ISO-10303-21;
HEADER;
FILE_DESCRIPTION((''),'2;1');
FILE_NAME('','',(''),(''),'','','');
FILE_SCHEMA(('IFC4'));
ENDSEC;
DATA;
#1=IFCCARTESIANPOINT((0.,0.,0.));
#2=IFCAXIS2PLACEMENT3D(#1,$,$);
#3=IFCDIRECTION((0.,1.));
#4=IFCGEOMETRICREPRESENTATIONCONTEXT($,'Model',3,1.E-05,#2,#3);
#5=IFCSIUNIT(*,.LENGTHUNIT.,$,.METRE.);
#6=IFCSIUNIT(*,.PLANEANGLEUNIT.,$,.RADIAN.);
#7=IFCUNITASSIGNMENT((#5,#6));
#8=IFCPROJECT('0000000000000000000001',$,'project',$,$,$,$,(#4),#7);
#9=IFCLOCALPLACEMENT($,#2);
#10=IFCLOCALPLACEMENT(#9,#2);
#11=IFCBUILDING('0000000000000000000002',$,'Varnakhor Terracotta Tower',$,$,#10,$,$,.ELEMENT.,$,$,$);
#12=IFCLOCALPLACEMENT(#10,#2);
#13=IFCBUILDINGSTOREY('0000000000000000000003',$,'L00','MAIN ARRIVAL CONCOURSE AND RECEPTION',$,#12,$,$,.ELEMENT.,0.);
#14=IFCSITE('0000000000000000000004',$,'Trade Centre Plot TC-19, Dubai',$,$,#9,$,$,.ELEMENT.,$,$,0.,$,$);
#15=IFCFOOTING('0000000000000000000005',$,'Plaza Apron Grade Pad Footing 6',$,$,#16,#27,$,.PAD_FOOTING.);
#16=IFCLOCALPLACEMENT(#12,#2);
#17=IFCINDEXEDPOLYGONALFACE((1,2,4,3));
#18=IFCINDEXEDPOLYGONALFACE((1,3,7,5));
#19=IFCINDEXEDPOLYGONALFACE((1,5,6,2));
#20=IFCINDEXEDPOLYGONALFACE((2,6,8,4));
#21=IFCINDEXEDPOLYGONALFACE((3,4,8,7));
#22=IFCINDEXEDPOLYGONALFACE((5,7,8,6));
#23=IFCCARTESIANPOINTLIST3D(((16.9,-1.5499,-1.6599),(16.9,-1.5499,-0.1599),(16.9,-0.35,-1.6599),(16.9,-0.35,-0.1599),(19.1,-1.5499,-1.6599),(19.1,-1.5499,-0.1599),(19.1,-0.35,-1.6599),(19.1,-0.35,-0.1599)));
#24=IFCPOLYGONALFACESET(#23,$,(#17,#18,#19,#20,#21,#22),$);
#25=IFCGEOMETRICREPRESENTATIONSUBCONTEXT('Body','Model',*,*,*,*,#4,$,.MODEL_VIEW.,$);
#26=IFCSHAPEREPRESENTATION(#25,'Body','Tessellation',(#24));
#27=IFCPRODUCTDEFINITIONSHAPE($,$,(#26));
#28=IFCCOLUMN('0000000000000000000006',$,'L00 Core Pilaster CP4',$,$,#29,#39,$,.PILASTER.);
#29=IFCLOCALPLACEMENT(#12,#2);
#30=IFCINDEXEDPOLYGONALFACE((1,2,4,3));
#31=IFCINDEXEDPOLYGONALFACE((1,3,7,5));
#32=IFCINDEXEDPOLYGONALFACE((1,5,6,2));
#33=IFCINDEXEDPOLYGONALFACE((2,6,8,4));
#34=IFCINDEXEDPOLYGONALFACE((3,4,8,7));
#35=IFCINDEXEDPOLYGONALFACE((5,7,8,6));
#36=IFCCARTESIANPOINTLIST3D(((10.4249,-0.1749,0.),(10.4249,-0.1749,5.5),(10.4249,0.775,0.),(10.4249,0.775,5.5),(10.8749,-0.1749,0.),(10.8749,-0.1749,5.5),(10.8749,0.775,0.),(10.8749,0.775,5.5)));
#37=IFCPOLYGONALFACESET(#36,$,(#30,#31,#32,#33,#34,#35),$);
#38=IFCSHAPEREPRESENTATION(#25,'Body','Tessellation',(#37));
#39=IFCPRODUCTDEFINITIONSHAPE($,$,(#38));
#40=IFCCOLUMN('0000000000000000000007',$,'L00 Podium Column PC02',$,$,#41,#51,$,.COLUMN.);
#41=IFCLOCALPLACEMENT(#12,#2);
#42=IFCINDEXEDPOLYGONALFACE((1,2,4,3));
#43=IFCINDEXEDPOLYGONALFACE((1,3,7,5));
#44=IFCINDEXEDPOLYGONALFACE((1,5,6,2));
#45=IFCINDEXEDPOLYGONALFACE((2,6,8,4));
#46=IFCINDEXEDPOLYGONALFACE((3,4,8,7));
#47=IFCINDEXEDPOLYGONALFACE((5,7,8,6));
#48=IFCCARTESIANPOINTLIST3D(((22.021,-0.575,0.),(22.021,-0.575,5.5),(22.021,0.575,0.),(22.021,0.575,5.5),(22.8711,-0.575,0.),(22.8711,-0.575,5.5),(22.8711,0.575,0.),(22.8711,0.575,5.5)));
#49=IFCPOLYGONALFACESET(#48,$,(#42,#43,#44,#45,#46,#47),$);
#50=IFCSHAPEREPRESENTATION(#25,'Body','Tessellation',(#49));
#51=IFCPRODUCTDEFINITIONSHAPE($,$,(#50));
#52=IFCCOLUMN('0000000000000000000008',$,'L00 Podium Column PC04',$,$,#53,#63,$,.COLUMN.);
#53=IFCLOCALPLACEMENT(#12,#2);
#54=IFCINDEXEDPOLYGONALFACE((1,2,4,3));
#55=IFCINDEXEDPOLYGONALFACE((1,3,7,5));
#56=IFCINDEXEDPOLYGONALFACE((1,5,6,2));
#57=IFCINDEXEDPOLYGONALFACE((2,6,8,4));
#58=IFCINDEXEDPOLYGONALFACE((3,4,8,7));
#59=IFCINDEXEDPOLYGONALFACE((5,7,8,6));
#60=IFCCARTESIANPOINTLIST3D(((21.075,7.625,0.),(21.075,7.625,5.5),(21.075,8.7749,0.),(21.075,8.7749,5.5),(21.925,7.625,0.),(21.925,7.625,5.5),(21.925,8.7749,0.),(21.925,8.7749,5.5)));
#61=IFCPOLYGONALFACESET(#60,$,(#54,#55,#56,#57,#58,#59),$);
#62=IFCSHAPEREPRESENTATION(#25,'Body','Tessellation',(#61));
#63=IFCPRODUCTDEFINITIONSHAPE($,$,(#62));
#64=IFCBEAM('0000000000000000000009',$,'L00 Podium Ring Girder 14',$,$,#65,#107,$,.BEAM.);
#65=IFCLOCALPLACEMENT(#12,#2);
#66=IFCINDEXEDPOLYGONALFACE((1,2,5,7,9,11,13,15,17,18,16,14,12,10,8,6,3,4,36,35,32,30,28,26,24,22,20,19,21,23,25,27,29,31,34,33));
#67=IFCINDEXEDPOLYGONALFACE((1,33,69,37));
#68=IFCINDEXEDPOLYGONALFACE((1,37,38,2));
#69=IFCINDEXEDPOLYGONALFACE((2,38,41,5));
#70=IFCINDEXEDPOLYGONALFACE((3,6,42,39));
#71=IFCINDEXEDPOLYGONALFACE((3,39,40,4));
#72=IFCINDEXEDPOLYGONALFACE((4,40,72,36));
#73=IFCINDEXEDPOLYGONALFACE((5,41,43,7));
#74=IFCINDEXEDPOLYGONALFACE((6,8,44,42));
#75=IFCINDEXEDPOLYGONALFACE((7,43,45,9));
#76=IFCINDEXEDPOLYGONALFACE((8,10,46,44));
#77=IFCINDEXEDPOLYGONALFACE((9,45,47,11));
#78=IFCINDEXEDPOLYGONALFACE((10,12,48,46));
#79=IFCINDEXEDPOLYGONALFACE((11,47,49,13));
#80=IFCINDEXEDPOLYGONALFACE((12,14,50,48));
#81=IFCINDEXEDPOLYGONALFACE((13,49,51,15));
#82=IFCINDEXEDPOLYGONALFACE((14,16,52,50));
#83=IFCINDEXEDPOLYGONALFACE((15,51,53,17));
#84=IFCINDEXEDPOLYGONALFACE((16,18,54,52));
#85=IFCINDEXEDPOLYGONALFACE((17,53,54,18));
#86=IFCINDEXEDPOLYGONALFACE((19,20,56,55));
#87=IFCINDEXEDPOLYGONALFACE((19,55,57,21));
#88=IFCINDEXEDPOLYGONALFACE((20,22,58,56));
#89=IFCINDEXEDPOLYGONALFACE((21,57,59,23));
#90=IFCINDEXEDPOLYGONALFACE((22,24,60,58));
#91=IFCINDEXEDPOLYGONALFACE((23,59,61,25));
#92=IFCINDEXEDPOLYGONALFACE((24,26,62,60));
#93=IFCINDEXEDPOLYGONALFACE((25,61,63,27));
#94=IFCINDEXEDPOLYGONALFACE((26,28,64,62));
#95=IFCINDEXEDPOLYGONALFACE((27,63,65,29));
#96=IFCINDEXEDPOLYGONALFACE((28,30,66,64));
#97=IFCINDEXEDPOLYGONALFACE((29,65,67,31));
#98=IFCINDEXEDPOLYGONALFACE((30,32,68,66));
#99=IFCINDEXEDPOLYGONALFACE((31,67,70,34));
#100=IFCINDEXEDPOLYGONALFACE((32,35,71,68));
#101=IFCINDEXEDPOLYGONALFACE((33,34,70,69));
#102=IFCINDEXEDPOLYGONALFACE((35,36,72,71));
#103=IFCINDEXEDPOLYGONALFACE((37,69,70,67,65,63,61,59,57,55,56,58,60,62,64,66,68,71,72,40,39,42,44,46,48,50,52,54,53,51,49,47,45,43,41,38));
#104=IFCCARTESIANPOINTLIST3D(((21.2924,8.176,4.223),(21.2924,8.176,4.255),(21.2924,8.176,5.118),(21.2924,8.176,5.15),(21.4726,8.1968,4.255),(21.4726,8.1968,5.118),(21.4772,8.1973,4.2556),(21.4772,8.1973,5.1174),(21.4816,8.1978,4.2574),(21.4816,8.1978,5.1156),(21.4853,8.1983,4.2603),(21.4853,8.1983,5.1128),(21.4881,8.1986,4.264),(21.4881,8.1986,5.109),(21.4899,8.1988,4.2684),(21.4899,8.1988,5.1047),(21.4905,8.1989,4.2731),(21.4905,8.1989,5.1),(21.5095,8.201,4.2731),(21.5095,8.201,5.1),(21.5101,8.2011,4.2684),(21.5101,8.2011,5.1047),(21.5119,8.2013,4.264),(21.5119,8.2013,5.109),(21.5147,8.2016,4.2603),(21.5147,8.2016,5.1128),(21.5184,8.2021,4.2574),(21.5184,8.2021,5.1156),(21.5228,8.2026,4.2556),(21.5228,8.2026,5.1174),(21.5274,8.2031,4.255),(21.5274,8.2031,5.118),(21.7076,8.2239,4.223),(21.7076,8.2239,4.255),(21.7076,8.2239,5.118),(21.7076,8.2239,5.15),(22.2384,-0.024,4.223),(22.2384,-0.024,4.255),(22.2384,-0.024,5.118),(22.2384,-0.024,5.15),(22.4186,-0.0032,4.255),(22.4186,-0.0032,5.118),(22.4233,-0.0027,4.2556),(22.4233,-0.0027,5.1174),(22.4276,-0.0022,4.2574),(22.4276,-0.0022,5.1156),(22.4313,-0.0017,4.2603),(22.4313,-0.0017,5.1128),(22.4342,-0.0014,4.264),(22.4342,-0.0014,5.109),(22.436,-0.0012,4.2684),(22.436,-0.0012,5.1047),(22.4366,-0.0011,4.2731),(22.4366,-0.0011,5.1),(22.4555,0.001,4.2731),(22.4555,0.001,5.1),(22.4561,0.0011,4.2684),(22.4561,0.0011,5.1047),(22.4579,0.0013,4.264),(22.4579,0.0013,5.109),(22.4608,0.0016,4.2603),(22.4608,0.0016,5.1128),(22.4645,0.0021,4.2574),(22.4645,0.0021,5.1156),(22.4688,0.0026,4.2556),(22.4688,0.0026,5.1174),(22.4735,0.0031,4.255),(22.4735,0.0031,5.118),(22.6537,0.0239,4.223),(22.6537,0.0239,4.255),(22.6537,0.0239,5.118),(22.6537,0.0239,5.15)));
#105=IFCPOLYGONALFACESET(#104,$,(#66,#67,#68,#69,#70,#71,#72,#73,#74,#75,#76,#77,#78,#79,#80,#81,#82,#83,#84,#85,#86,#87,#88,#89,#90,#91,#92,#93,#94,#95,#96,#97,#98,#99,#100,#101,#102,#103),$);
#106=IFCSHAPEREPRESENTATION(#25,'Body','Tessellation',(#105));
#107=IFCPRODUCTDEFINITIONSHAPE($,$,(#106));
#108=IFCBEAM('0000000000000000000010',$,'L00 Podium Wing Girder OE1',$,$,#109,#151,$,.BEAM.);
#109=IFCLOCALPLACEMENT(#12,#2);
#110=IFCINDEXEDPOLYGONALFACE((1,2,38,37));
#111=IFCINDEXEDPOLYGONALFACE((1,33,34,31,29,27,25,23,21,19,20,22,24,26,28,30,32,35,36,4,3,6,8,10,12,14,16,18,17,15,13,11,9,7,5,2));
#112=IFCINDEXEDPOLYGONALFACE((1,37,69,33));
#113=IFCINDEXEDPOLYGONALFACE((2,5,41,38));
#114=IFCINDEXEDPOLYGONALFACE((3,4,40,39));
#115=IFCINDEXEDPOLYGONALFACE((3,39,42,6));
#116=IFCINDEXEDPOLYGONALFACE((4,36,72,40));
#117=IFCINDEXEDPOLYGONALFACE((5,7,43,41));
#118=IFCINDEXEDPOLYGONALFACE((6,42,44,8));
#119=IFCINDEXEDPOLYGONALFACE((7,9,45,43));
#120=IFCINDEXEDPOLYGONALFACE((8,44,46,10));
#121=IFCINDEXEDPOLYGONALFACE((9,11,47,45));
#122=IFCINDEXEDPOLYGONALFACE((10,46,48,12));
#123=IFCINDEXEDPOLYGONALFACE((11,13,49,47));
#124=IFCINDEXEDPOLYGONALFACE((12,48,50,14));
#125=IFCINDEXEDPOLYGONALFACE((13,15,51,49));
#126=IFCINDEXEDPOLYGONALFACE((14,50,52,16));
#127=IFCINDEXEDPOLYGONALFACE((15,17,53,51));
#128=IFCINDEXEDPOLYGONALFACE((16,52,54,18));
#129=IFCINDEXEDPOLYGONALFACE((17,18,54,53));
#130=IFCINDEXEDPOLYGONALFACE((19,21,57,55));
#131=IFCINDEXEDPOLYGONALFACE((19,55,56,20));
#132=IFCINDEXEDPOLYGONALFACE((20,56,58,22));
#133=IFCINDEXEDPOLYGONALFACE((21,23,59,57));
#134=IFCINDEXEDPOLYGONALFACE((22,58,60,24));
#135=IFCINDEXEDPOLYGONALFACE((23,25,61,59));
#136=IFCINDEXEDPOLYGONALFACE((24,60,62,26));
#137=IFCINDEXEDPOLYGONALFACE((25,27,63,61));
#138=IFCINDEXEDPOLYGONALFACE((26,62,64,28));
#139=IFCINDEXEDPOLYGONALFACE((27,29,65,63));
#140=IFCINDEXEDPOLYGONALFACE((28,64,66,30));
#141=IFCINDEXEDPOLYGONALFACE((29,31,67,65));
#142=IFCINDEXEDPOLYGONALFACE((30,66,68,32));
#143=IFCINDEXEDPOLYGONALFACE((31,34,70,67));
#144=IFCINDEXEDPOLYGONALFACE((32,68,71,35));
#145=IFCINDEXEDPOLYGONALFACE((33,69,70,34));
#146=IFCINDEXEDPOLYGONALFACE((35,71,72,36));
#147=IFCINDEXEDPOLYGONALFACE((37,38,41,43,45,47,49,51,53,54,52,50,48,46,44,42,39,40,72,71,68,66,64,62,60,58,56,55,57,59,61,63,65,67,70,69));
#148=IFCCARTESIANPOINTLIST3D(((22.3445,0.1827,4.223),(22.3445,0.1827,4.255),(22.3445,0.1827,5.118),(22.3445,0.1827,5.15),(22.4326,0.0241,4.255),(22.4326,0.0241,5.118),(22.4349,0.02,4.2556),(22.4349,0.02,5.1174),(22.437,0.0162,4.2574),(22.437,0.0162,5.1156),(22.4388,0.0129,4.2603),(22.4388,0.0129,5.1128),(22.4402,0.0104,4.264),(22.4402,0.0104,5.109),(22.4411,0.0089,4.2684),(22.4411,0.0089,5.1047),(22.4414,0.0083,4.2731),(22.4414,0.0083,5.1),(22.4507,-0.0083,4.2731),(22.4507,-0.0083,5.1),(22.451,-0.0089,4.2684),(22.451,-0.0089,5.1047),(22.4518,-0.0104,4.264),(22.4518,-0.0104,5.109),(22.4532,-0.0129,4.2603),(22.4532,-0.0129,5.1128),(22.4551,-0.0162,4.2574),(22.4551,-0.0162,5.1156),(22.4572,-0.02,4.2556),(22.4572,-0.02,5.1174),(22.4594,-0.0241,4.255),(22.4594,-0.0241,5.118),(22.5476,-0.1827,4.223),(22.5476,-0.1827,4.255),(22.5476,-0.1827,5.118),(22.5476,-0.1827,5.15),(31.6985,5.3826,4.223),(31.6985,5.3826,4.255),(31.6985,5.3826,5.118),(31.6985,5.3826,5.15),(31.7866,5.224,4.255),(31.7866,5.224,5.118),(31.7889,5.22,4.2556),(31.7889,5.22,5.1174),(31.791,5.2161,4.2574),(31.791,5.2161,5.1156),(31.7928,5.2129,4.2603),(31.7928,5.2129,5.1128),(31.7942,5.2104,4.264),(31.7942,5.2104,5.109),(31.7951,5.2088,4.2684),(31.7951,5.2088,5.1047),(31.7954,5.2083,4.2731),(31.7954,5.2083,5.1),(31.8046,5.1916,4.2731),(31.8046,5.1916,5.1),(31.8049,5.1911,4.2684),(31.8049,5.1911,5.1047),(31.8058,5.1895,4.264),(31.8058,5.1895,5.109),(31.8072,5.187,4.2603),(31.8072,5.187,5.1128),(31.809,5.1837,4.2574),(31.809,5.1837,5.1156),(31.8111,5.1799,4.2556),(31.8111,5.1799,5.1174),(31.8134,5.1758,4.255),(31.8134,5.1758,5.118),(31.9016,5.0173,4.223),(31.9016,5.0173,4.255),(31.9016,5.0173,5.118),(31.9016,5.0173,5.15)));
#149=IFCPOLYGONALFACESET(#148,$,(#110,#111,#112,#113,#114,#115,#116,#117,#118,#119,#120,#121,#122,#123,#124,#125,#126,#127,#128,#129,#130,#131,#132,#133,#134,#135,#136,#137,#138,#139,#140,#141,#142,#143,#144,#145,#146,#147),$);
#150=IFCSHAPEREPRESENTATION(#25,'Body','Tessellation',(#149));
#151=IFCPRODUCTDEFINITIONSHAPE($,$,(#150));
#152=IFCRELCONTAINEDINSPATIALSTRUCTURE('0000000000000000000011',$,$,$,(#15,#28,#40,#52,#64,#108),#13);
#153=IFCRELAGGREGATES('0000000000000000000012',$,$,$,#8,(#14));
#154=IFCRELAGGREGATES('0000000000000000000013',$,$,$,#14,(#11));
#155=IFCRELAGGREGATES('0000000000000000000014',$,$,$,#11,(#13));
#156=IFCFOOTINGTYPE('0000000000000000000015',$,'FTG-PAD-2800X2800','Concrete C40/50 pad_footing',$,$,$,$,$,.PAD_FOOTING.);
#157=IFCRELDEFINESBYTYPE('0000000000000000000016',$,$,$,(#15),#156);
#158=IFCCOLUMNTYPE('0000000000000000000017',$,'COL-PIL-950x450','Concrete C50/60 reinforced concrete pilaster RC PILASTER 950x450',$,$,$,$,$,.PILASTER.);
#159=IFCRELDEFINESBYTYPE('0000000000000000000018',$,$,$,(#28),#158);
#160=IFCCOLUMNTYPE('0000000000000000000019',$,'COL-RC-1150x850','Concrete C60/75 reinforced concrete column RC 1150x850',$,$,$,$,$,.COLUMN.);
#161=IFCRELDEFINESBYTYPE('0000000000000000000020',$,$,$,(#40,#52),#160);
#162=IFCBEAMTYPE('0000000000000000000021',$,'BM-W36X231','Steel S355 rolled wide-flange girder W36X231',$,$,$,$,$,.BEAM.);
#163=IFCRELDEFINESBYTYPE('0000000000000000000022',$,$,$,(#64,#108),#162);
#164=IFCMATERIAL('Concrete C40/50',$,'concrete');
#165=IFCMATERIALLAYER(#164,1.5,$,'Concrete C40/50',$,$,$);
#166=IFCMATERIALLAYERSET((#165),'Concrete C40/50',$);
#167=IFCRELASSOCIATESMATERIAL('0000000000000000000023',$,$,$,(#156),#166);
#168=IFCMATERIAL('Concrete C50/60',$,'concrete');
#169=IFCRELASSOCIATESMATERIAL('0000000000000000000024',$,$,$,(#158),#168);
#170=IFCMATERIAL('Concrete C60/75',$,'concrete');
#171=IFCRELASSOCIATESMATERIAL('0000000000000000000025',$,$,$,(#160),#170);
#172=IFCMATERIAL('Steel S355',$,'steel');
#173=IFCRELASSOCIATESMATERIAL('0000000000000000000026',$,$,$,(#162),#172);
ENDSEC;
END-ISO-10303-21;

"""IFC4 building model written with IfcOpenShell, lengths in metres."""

from ifc_helpers import new_model, si_unit, direction, frame, origin, origin_2d, place, context, subcontext, project, spatial, rectangle, i_section, extrude, source, transform, mapped, material, layer, layer_set, material_profile, profile_set, type_object, type_shapes, element, save


model = new_model("IFC4")

# Units and contexts
model_context = context("Model", 3, precision=1e-05, world=origin(), true_north=direction((0.0, 1.0)))
body_context = subcontext(model_context, "Body", "Model", "MODEL_VIEW")
ifc_project = project(units=[si_unit("LENGTHUNIT", "METRE"), si_unit("PLANEANGLEUNIT", "RADIAN")], contexts=[model_context])

# Site, building, storey
site_placement = place(None, origin())
site = spatial("IfcSite", under=ifc_project, at=site_placement, Name="Trade Centre Plot TC-19, Dubai", CompositionType="ELEMENT", RefElevation=0.0)
building_placement = place(site_placement, origin())
building = spatial("IfcBuilding", under=site, at=building_placement, Name="Varnakhor Terracotta Tower", CompositionType="ELEMENT")
storey_placement = place(building_placement, origin())
storey = spatial("IfcBuildingStorey", under=building, at=storey_placement, Name="L00", Description="MAIN ARRIVAL CONCOURSE AND RECEPTION", CompositionType="ELEMENT", Elevation=0.0)

# Footing
ifc_material_1 = material(Name="Concrete C40/50", Category="concrete")
ifc_layer_1 = layer(ifc_material_1, 1.5, Name="Concrete C40/50")
ifc_layer_set_1 = layer_set([ifc_layer_1], Name="Concrete C40/50")
footing_type = type_object("IfcFootingType", Name="FTG-PAD-2800X2800", Description="Concrete C40/50 pad_footing", PredefinedType="PAD_FOOTING", material=ifc_layer_set_1)
shared_shape_1 = source(origin(), body_context, "Body", "SweptSolid", [
    extrude(rectangle(XDim=2.2, YDim=1.2, at=origin_2d()), origin(), (0.0, 0.0, 1.0), 1.5),
])
footing_placement = place(storey_placement, frame((18.0, -0.95, -1.6599), z_axis=(0.0, 0.0, 1.0), x_axis=(1.0, 0.0, 0.0)))
element("IfcFooting", 1, at=footing_placement, inside=storey, type_object=footing_type, Name="Plaza Apron Grade Pad Footing 6", PredefinedType="PAD_FOOTING", context=body_context, shape_type="MappedRepresentation", body=[
    mapped(shared_shape_1, transform((0.0, 0.0, 0.0), scale=1.0)),
])

# Columns
ifc_material_2 = material(Name="Concrete C50/60", Category="concrete")
ifc_material_profile_1 = material_profile(ifc_material_2, rectangle(XDim=0.45, YDim=0.95, at=origin_2d()), Name="RC PILASTER 950x450")
ifc_profile_set_1 = profile_set([ifc_material_profile_1], Name="Concrete C50/60")
column_type_1 = type_object("IfcColumnType", Name="COL-PIL-950x450", Description="Concrete C50/60 reinforced concrete pilaster RC PILASTER 950x450", PredefinedType="PILASTER", material=ifc_profile_set_1)
shared_shape_2 = source(origin(), body_context, "Body", "SweptSolid", [
    extrude(rectangle(XDim=0.45, YDim=0.95, at=origin_2d()), origin(), (0.0, 0.0, 1.0), 5.5),
])
column_placement = place(storey_placement, frame((10.6499, 0.3, 0.0), z_axis=(0.0, 0.0, 1.0), x_axis=(1.0, 0.0, 0.0)))
element("IfcColumn", 2, at=column_placement, inside=storey, type_object=column_type_1, Name="L00 Core Pilaster CP4", PredefinedType="PILASTER", context=body_context, shape_type="MappedRepresentation", body=[
    mapped(shared_shape_2, transform((0.0, 0.0, 0.0), scale=1.0)),
])
ifc_material_3 = material(Name="Concrete C60/75", Category="concrete")
ifc_material_profile_2 = material_profile(ifc_material_3, rectangle(XDim=0.8501, YDim=1.1499, at=origin_2d()), Name="RC 1150x850")
ifc_profile_set_2 = profile_set([ifc_material_profile_2], Name="Concrete C60/75")
column_type_2 = type_object("IfcColumnType", Name="COL-RC-1150x850", Description="Concrete C60/75 reinforced concrete column RC 1150x850", PredefinedType="COLUMN", material=ifc_profile_set_2)
shared_shape_3 = source(origin(), body_context, "Body", "SweptSolid", [
    extrude(rectangle(XDim=0.8501, YDim=1.1499, at=origin_2d()), origin(), (0.0, 0.0, 1.0), 5.5),
])
for number, where, z_axis, x_axis, name in (
    (3, (22.446, 0.0, 0.0), (0.0, 0.0, 1.0), (1.0, 0.0, 0.0), "L00 Podium Column PC02"),
    (4, (21.5, 8.2, 0.0), (0.0, 0.0, 1.0), (1.0, 0.0, 0.0), "L00 Podium Column PC04"),
):
    element("IfcColumn", number, at=place(storey_placement, frame(where, z_axis=z_axis, x_axis=x_axis)), inside=storey, type_object=column_type_2, Name=name, PredefinedType="COLUMN", context=body_context, shape_type="MappedRepresentation", body=[
        mapped(shared_shape_3, transform((0.0, 0.0, 0.0), scale=1.0)),
    ])

# Beams
ifc_material_4 = material(Name="Steel S355", Category="steel")
ifc_material_profile_3 = material_profile(ifc_material_4, i_section(OverallWidth=0.418, OverallDepth=0.927, WebThickness=0.019, FlangeThickness=0.032, FilletRadius=0.0181, at=origin_2d()), Name="W36X231")
ifc_profile_set_3 = profile_set([ifc_material_profile_3], Name="Steel S355")
beam_type_1 = type_object("IfcBeamType", Name="BM-W36X231", Description="Steel S355 rolled wide-flange girder W36X231", PredefinedType="BEAM", material=ifc_profile_set_3)
shared_shape_4 = source(origin(), body_context, "Body", "SweptSolid", [
    extrude(i_section(OverallWidth=0.418, OverallDepth=0.927, WebThickness=0.019, FlangeThickness=0.032, FilletRadius=0.0181, at=origin_2d()), origin(), (0.0, 0.0, 1.0), 8.2544),
])
type_shapes(beam_type_1, [shared_shape_4])
beam_1_placement = place(storey_placement, frame((21.5, 8.2, 4.6865), z_axis=(0.114612, -0.99341, 0.0), x_axis=(0.99341, 0.114612, 0.0)))
element("IfcBeam", 5, at=beam_1_placement, inside=storey, type_object=beam_type_1, Name="L00 Podium Ring Girder 14", PredefinedType="BEAM", context=body_context, shape_type="MappedRepresentation", body=[
    mapped(shared_shape_4, transform((0.0, 0.0, 0.0), scale=1.0)),
])
shared_shape_5 = source(origin(), body_context, "Body", "SweptSolid", [
    extrude(i_section(OverallWidth=0.418, OverallDepth=0.927, WebThickness=0.019, FlangeThickness=0.032, FilletRadius=0.0181, at=origin_2d()), origin(), (0.0, 0.0, 1.0), 10.7021),
])
beam_2_placement = place(storey_placement, frame((22.446, 0.0, 4.6865), z_axis=(0.874027, 0.485877, 0.0), x_axis=(-0.485877, 0.874027, 0.0)))
element("IfcBeam", 6, at=beam_2_placement, inside=storey, type_object=beam_type_1, Name="L00 Podium Wing Girder OE1", PredefinedType="BEAM", context=body_context, shape_type="MappedRepresentation", body=[
    mapped(shared_shape_5, transform((0.0, 0.0, 0.0), scale=1.0)),
])

save(model, "model.ifc")
